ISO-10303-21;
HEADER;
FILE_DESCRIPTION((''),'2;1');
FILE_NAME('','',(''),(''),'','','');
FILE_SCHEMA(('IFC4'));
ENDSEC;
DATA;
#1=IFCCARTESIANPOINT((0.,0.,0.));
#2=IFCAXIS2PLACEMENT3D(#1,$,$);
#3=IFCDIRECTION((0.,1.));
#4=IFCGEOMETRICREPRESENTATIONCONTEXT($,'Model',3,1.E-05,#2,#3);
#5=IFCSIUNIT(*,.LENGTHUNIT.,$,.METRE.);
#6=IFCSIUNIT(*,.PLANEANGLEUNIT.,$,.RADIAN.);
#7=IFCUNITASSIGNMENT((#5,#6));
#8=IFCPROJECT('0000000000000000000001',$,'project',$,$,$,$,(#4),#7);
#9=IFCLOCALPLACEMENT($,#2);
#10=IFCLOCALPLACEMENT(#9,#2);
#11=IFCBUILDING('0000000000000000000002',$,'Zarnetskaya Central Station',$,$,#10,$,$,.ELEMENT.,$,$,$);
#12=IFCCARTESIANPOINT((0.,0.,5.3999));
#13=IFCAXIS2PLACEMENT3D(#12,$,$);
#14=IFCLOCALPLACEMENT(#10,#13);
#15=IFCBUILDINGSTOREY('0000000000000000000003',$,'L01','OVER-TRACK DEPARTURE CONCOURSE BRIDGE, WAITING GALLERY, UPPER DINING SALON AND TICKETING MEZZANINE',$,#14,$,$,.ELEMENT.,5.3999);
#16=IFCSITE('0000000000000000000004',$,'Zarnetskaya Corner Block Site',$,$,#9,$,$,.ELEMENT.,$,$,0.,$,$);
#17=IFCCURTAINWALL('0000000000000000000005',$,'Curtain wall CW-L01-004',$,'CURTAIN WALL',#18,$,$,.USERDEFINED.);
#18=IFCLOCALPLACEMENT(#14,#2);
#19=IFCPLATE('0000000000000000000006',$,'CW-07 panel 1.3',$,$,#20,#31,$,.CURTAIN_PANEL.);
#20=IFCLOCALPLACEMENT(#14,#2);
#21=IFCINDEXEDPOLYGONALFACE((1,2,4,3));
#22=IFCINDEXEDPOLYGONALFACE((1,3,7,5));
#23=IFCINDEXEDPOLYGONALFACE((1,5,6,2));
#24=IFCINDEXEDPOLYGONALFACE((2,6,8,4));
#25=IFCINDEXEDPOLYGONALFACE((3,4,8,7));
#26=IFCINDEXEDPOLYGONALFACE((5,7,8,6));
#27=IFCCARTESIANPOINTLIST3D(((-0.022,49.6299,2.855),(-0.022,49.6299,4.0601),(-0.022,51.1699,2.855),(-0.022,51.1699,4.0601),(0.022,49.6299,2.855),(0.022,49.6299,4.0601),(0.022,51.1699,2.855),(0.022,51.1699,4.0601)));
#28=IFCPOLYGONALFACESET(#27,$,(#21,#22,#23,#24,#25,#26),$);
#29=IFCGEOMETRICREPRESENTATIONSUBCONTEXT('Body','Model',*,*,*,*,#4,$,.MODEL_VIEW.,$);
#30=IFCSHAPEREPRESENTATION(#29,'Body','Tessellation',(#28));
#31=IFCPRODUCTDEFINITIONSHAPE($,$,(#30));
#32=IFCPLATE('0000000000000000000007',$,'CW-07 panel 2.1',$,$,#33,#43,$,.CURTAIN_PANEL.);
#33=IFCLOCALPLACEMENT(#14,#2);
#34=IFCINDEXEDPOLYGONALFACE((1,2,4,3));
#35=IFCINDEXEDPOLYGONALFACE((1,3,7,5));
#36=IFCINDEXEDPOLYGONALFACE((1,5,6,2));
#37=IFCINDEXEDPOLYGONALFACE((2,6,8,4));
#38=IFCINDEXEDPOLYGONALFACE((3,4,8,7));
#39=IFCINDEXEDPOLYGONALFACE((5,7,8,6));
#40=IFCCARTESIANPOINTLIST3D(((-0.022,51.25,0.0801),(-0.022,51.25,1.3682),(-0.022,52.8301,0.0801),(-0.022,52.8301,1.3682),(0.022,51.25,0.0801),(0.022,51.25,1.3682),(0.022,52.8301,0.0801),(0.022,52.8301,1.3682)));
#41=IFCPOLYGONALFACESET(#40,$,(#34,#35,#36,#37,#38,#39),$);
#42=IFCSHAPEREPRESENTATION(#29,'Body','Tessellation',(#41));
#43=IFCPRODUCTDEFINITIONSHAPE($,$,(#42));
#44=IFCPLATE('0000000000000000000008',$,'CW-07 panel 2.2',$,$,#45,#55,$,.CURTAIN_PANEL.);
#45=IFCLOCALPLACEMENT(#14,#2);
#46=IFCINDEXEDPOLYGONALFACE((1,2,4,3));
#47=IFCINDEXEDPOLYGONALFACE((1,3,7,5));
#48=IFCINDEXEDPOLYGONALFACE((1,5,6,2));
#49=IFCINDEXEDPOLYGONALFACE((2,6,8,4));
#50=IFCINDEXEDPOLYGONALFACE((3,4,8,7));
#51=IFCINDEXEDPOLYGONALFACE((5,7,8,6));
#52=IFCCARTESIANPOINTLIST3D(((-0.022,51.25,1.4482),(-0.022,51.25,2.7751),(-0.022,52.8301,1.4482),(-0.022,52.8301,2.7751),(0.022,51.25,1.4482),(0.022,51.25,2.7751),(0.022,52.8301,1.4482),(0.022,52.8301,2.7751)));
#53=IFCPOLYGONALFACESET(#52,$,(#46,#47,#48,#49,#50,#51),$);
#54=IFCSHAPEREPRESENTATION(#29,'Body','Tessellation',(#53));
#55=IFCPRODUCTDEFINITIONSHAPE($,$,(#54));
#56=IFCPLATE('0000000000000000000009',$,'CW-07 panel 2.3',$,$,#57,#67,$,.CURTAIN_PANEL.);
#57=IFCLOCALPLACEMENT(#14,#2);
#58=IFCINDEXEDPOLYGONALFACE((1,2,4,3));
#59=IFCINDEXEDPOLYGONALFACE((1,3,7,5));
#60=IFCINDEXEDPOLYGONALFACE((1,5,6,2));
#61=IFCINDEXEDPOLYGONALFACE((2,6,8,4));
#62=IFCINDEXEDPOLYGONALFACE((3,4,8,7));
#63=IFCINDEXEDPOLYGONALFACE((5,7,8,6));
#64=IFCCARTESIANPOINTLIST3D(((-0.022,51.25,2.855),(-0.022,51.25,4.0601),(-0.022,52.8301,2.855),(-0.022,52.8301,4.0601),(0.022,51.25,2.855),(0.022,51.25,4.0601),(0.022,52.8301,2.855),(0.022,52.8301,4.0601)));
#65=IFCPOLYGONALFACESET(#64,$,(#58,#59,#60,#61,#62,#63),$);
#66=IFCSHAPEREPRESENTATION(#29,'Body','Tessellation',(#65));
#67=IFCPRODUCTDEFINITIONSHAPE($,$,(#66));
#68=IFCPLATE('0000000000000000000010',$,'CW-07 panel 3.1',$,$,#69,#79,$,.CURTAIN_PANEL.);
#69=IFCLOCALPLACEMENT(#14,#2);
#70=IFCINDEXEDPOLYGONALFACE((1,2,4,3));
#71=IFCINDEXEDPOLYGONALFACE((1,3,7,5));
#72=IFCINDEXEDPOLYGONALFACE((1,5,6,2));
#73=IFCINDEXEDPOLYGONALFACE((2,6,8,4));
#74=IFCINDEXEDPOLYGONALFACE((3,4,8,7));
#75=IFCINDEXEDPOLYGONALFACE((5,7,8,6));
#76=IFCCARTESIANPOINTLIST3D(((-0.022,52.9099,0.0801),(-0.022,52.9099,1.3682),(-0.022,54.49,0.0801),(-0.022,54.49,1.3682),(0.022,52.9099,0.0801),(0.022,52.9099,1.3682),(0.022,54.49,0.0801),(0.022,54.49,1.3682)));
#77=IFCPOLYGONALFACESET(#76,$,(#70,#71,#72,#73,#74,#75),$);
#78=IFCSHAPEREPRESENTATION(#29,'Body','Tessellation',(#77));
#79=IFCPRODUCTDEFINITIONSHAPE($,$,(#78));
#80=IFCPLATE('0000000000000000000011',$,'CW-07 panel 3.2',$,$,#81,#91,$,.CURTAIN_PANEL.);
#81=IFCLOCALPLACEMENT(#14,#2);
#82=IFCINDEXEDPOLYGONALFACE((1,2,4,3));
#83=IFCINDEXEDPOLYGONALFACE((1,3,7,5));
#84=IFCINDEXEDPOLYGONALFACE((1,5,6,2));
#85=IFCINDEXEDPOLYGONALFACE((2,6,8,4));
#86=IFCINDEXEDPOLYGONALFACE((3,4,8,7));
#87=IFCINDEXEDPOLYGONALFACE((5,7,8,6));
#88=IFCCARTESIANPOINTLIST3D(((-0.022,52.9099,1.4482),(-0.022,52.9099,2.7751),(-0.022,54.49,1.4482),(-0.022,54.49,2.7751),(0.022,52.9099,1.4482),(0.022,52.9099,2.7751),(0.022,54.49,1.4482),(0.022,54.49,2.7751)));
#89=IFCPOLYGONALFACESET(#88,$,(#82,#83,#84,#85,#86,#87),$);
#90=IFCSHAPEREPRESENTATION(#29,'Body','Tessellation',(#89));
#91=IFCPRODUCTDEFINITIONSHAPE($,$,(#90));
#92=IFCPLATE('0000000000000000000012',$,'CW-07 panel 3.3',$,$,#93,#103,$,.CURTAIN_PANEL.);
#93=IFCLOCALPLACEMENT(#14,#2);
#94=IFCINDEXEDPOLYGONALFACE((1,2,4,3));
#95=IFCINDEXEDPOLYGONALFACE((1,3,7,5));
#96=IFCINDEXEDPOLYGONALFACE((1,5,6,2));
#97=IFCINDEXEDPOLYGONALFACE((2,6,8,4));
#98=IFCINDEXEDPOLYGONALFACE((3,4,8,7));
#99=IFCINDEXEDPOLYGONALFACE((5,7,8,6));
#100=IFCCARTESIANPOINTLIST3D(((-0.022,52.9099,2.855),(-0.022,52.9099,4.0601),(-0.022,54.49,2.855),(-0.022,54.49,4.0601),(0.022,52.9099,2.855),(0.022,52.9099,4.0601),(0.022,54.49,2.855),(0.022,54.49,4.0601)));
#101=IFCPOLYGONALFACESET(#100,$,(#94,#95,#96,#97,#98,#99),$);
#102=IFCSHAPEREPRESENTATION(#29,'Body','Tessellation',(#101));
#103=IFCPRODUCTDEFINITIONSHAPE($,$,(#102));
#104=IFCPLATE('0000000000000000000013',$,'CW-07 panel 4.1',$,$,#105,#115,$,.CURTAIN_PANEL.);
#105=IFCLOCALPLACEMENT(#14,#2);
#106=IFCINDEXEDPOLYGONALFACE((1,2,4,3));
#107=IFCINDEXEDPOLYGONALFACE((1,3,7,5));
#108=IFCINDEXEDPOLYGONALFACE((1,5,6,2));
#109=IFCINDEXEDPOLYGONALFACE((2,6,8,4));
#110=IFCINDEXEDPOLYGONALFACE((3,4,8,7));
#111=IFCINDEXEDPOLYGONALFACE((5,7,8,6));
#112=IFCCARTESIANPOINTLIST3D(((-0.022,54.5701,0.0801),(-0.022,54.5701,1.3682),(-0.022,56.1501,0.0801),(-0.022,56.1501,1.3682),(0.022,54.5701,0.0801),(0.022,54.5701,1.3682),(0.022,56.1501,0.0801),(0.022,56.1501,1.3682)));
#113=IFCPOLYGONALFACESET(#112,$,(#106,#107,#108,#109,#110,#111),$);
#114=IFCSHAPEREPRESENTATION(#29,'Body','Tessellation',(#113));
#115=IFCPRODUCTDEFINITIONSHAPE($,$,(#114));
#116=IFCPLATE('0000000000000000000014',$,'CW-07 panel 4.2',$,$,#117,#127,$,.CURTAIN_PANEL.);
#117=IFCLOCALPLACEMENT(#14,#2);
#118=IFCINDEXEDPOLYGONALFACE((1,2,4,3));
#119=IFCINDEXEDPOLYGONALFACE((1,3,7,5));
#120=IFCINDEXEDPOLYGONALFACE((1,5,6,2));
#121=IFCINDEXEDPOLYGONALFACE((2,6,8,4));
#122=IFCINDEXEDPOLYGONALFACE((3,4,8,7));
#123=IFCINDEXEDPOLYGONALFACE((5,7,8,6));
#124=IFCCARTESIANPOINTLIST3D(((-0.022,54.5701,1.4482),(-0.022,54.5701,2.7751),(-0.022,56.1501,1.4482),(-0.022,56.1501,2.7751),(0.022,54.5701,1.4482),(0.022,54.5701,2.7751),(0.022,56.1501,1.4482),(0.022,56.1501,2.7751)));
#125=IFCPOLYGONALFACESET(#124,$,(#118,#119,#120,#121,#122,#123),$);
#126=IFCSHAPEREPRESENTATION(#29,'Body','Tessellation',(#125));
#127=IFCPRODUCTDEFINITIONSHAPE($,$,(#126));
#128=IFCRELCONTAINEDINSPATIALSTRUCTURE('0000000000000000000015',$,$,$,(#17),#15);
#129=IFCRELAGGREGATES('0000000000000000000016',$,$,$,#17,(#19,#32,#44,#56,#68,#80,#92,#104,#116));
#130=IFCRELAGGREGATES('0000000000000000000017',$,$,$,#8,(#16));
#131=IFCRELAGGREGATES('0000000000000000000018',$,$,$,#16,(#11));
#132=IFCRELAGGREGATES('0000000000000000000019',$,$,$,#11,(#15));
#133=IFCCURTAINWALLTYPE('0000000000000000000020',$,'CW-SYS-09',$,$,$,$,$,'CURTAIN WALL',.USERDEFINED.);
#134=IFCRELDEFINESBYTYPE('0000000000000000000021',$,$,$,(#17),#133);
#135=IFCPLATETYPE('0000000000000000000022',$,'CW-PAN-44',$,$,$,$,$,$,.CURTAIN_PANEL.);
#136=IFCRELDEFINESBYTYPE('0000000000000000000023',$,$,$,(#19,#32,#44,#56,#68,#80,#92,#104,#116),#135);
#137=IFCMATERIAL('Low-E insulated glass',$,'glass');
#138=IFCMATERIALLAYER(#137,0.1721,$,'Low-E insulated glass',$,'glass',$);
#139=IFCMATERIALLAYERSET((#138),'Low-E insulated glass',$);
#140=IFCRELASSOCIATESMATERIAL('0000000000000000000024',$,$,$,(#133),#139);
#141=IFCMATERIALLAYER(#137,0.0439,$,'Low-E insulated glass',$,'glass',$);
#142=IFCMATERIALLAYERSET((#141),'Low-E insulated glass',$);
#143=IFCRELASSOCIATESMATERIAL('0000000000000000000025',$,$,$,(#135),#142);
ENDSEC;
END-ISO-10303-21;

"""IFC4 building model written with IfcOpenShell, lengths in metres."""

from ifc_helpers import new_model, si_unit, direction, frame, origin, origin_2d, place, context, subcontext, project, spatial, rectangle, extrude, material, layer, layer_set, type_object, element, aggregate, save


model = new_model("IFC4")

# Units and contexts
model_context = context("Model", 3, precision=1e-05, world=origin(), true_north=direction((0.0, 1.0)))
body_context = subcontext(model_context, "Body", "Model", "MODEL_VIEW")
ifc_project = project(units=[si_unit("LENGTHUNIT", "METRE"), si_unit("PLANEANGLEUNIT", "RADIAN")], contexts=[model_context])

# Site, building, storey
site_placement = place(None, origin())
site = spatial("IfcSite", under=ifc_project, at=site_placement, Name="Zarnetskaya Corner Block Site", CompositionType="ELEMENT", RefElevation=0.0)
building_placement = place(site_placement, origin())
building = spatial("IfcBuilding", under=site, at=building_placement, Name="Zarnetskaya Central Station", CompositionType="ELEMENT")
storey_placement = place(building_placement, frame((0.0, 0.0, 5.3999)))
storey = spatial("IfcBuildingStorey", under=building, at=storey_placement, Name="L01", Description="OVER-TRACK DEPARTURE CONCOURSE BRIDGE, WAITING GALLERY, UPPER DINING SALON AND TICKETING MEZZANINE", CompositionType="ELEMENT", Elevation=5.3999)

# Curtain wall
ifc_material_1 = material(Name="Low-E insulated glass", Category="glass")
ifc_layer_1 = layer(ifc_material_1, 0.1721, Name="Low-E insulated glass", Category="glass")
ifc_layer_set_1 = layer_set([ifc_layer_1], Name="Low-E insulated glass")
curtain_wall_type = type_object("IfcCurtainWallType", Name="CW-SYS-09", ElementType="CURTAIN WALL", PredefinedType="USERDEFINED", material=ifc_layer_set_1)
curtain_wall_placement = place(storey_placement, origin())
curtain_wall = element("IfcCurtainWall", 1, at=curtain_wall_placement, inside=storey, type_object=curtain_wall_type, Name="Curtain wall CW-L01-004", ObjectType="CURTAIN WALL", PredefinedType="USERDEFINED")

# Plates
ifc_layer_2 = layer(ifc_material_1, 0.0439, Name="Low-E insulated glass", Category="glass")
ifc_layer_set_2 = layer_set([ifc_layer_2], Name="Low-E insulated glass")
plate_type = type_object("IfcPlateType", Name="CW-PAN-44", PredefinedType="CURTAIN_PANEL", material=ifc_layer_set_2)
plate_1_placement = place(storey_placement, frame((0.0, 50.3999, 2.855), z_axis=(0.0, 0.0, 1.0), x_axis=(0.0, 1.0, 0.0)))
plate_1 = element("IfcPlate", 2, at=plate_1_placement, type_object=plate_type, Name="CW-07 panel 1.3", PredefinedType="CURTAIN_PANEL", context=body_context, shape_type="SweptSolid", body=[
    extrude(rectangle(XDim=1.54, YDim=0.0439, at=origin_2d()), origin(), (0.0, 0.0, 1.0), 1.2051),
])
plate_2_placement = place(storey_placement, frame((0.0, 52.04, 0.0801), z_axis=(0.0, 0.0, 1.0), x_axis=(0.0, 1.0, 0.0)))
plate_2 = element("IfcPlate", 3, at=plate_2_placement, type_object=plate_type, Name="CW-07 panel 2.1", PredefinedType="CURTAIN_PANEL", context=body_context, shape_type="SweptSolid", body=[
    extrude(rectangle(XDim=1.5801, YDim=0.0439, at=origin_2d()), origin(), (0.0, 0.0, 1.0), 1.2881),
])
plate_3_placement = place(storey_placement, frame((0.0, 52.04, 1.4482), z_axis=(0.0, 0.0, 1.0), x_axis=(0.0, 1.0, 0.0)))
plate_3 = element("IfcPlate", 4, at=plate_3_placement, type_object=plate_type, Name="CW-07 panel 2.2", PredefinedType="CURTAIN_PANEL", context=body_context, shape_type="SweptSolid", body=[
    extrude(rectangle(XDim=1.5801, YDim=0.0439, at=origin_2d()), origin(), (0.0, 0.0, 1.0), 1.3269),
])
plate_4_placement = place(storey_placement, frame((0.0, 52.04, 2.855), z_axis=(0.0, 0.0, 1.0), x_axis=(0.0, 1.0, 0.0)))
plate_4 = element("IfcPlate", 5, at=plate_4_placement, type_object=plate_type, Name="CW-07 panel 2.3", PredefinedType="CURTAIN_PANEL", context=body_context, shape_type="SweptSolid", body=[
    extrude(rectangle(XDim=1.5801, YDim=0.0439, at=origin_2d()), origin(), (0.0, 0.0, 1.0), 1.2051),
])
plate_5_placement = place(storey_placement, frame((0.0, 53.7, 0.0801), z_axis=(0.0, 0.0, 1.0), x_axis=(0.0, 1.0, 0.0)))
plate_5 = element("IfcPlate", 6, at=plate_5_placement, type_object=plate_type, Name="CW-07 panel 3.1", PredefinedType="CURTAIN_PANEL", context=body_context, shape_type="SweptSolid", body=[
    extrude(rectangle(XDim=1.5801, YDim=0.0439, at=origin_2d()), origin(), (0.0, 0.0, 1.0), 1.2881),
])
plate_6_placement = place(storey_placement, frame((0.0, 53.7, 1.4482), z_axis=(0.0, 0.0, 1.0), x_axis=(0.0, 1.0, 0.0)))
plate_6 = element("IfcPlate", 7, at=plate_6_placement, type_object=plate_type, Name="CW-07 panel 3.2", PredefinedType="CURTAIN_PANEL", context=body_context, shape_type="SweptSolid", body=[
    extrude(rectangle(XDim=1.5801, YDim=0.0439, at=origin_2d()), origin(), (0.0, 0.0, 1.0), 1.3269),
])
plate_7_placement = place(storey_placement, frame((0.0, 53.7, 2.855), z_axis=(0.0, 0.0, 1.0), x_axis=(0.0, 1.0, 0.0)))
plate_7 = element("IfcPlate", 8, at=plate_7_placement, type_object=plate_type, Name="CW-07 panel 3.3", PredefinedType="CURTAIN_PANEL", context=body_context, shape_type="SweptSolid", body=[
    extrude(rectangle(XDim=1.5801, YDim=0.0439, at=origin_2d()), origin(), (0.0, 0.0, 1.0), 1.2051),
])
plate_8_placement = place(storey_placement, frame((0.0, 55.3601, 0.0801), z_axis=(0.0, 0.0, 1.0), x_axis=(0.0, 1.0, 0.0)))
plate_8 = element("IfcPlate", 9, at=plate_8_placement, type_object=plate_type, Name="CW-07 panel 4.1", PredefinedType="CURTAIN_PANEL", context=body_context, shape_type="SweptSolid", body=[
    extrude(rectangle(XDim=1.5801, YDim=0.0439, at=origin_2d()), origin(), (0.0, 0.0, 1.0), 1.2881),
])
plate_9_placement = place(storey_placement, frame((0.0, 55.3601, 1.4482), z_axis=(0.0, 0.0, 1.0), x_axis=(0.0, 1.0, 0.0)))
plate_9 = element("IfcPlate", 10, at=plate_9_placement, type_object=plate_type, Name="CW-07 panel 4.2", PredefinedType="CURTAIN_PANEL", context=body_context, shape_type="SweptSolid", body=[
    extrude(rectangle(XDim=1.5801, YDim=0.0439, at=origin_2d()), origin(), (0.0, 0.0, 1.0), 1.3269),
])
aggregate(curtain_wall, [plate_1, plate_2, plate_3, plate_4, plate_5, plate_6, plate_7, plate_8, plate_9])

save(model, "model.ifc")
